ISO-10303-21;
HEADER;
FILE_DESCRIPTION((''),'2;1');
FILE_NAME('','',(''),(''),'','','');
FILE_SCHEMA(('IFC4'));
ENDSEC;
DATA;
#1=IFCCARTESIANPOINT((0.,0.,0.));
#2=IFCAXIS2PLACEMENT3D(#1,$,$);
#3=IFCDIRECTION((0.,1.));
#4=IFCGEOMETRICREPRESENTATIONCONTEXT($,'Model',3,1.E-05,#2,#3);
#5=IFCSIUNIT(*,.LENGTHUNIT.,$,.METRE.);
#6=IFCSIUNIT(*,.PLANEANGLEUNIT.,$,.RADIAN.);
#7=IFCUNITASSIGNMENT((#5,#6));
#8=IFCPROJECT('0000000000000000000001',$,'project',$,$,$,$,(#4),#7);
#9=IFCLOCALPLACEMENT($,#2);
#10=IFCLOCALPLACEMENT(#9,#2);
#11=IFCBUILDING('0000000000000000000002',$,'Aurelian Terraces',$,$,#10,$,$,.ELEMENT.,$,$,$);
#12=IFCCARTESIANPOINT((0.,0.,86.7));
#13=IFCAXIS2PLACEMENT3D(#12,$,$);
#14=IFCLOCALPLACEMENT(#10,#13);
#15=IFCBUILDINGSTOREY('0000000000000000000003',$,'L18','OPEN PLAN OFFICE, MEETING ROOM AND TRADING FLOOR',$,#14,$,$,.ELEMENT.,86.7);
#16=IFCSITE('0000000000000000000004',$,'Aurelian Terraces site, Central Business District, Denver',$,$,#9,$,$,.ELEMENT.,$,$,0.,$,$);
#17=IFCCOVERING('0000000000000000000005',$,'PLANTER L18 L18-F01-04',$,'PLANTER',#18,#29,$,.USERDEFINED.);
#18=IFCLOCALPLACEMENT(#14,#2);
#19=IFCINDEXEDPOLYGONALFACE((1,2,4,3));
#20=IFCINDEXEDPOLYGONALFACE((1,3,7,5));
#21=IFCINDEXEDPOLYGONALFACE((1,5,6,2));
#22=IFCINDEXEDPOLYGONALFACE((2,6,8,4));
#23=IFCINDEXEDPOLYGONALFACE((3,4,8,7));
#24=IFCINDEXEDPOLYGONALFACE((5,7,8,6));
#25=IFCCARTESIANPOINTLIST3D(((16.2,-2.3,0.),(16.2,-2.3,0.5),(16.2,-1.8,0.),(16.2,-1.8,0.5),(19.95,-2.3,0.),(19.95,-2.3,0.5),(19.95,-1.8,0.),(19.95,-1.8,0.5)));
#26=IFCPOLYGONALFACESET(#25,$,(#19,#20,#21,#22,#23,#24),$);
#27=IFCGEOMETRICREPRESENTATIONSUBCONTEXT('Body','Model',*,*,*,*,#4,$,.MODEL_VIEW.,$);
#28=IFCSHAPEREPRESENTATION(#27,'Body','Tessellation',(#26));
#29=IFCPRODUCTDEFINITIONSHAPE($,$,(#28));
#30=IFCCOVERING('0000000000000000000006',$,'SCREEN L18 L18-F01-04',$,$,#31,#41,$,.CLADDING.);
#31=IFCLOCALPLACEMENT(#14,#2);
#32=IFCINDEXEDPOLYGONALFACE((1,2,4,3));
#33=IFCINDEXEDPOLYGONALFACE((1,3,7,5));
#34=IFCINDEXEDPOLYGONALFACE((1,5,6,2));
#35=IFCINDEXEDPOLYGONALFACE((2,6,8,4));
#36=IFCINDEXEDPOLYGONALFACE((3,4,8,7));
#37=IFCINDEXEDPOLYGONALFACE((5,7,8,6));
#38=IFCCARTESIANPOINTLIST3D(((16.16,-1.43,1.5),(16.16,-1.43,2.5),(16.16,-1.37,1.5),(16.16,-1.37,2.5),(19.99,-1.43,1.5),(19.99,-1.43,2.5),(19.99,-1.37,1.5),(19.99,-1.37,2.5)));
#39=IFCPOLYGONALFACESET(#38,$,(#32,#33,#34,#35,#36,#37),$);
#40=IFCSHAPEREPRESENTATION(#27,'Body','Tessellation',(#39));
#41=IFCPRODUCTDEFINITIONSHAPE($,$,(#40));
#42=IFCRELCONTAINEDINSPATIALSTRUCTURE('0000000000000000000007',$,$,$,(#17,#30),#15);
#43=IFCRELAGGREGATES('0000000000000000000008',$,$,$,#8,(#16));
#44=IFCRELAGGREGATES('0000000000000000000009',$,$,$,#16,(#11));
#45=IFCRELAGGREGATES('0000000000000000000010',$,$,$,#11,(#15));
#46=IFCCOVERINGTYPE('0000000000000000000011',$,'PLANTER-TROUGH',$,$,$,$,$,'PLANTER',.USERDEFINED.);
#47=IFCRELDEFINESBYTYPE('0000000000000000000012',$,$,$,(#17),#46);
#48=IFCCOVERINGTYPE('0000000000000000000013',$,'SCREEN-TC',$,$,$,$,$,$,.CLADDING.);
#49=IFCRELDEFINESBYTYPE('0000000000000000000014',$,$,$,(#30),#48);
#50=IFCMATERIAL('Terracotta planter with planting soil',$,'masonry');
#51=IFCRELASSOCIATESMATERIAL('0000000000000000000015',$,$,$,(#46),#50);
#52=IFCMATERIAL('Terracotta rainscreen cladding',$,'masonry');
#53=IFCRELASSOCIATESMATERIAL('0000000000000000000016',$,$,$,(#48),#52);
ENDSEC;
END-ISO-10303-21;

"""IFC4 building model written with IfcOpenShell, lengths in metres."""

from ifc_helpers import new_model, si_unit, direction, frame, origin, origin_2d, place, context, subcontext, project, spatial, rectangle, extrude, source, transform, mapped, material, type_object, element, save


model = new_model("IFC4")

# Units and contexts
model_context = context("Model", 3, precision=1e-05, world=origin(), true_north=direction((0.0, 1.0)))
body_context = subcontext(model_context, "Body", "Model", "MODEL_VIEW")
ifc_project = project(units=[si_unit("LENGTHUNIT", "METRE"), si_unit("PLANEANGLEUNIT", "RADIAN")], contexts=[model_context])

# Site, building, storey
site_placement = place(None, origin())
site = spatial("IfcSite", under=ifc_project, at=site_placement, Name="Aurelian Terraces site, Central Business District, Denver", CompositionType="ELEMENT", RefElevation=0.0)
building_placement = place(site_placement, origin())
building = spatial("IfcBuilding", under=site, at=building_placement, Name="Aurelian Terraces", CompositionType="ELEMENT")
storey_placement = place(building_placement, frame((0.0, 0.0, 86.7)))
storey = spatial("IfcBuildingStorey", under=building, at=storey_placement, Name="L18", Description="OPEN PLAN OFFICE, MEETING ROOM AND TRADING FLOOR", CompositionType="ELEMENT", Elevation=86.7)

# Shared definitions
ifc_material_1 = material(Name="Terracotta rainscreen cladding", Category="masonry")

# Coverings
ifc_material_2 = material(Name="Terracotta planter with planting soil", Category="masonry")
covering_type_1 = type_object("IfcCoveringType", Name="PLANTER-TROUGH", ElementType="PLANTER", PredefinedType="USERDEFINED", material=ifc_material_2)
shared_shape_1 = source(origin(), body_context, "Body", "SweptSolid", [
    extrude(rectangle(XDim=3.75, YDim=0.5, at=origin_2d()), origin(), (0.0, 0.0, 1.0), 0.5),
])
covering_1_placement = place(storey_placement, frame((18.075, -2.05, 0.0), z_axis=(0.0, 0.0, 1.0), x_axis=(1.0, 0.0, 0.0)))
element("IfcCovering", 1, at=covering_1_placement, inside=storey, type_object=covering_type_1, Name="PLANTER L18 L18-F01-04", ObjectType="PLANTER", PredefinedType="USERDEFINED", context=body_context, shape_type="MappedRepresentation", body=[
    mapped(shared_shape_1, transform((0.0, 0.0, 0.0), scale=1.0)),
])
covering_type_2 = type_object("IfcCoveringType", Name="SCREEN-TC", PredefinedType="CLADDING", material=ifc_material_1)
shared_shape_2 = source(origin(), body_context, "Body", "SweptSolid", [
    extrude(rectangle(XDim=3.83, YDim=0.06, at=origin_2d()), origin(), (0.0, 0.0, 1.0), 1.0),
])
covering_2_placement = place(storey_placement, frame((18.075, -1.4, 1.5), z_axis=(0.0, 0.0, 1.0), x_axis=(1.0, 0.0, 0.0)))
element("IfcCovering", 2, at=covering_2_placement, inside=storey, type_object=covering_type_2, Name="SCREEN L18 L18-F01-04", PredefinedType="CLADDING", context=body_context, shape_type="MappedRepresentation", body=[
    mapped(shared_shape_2, transform((0.0, 0.0, 0.0), scale=1.0)),
])

save(model, "model.ifc")
